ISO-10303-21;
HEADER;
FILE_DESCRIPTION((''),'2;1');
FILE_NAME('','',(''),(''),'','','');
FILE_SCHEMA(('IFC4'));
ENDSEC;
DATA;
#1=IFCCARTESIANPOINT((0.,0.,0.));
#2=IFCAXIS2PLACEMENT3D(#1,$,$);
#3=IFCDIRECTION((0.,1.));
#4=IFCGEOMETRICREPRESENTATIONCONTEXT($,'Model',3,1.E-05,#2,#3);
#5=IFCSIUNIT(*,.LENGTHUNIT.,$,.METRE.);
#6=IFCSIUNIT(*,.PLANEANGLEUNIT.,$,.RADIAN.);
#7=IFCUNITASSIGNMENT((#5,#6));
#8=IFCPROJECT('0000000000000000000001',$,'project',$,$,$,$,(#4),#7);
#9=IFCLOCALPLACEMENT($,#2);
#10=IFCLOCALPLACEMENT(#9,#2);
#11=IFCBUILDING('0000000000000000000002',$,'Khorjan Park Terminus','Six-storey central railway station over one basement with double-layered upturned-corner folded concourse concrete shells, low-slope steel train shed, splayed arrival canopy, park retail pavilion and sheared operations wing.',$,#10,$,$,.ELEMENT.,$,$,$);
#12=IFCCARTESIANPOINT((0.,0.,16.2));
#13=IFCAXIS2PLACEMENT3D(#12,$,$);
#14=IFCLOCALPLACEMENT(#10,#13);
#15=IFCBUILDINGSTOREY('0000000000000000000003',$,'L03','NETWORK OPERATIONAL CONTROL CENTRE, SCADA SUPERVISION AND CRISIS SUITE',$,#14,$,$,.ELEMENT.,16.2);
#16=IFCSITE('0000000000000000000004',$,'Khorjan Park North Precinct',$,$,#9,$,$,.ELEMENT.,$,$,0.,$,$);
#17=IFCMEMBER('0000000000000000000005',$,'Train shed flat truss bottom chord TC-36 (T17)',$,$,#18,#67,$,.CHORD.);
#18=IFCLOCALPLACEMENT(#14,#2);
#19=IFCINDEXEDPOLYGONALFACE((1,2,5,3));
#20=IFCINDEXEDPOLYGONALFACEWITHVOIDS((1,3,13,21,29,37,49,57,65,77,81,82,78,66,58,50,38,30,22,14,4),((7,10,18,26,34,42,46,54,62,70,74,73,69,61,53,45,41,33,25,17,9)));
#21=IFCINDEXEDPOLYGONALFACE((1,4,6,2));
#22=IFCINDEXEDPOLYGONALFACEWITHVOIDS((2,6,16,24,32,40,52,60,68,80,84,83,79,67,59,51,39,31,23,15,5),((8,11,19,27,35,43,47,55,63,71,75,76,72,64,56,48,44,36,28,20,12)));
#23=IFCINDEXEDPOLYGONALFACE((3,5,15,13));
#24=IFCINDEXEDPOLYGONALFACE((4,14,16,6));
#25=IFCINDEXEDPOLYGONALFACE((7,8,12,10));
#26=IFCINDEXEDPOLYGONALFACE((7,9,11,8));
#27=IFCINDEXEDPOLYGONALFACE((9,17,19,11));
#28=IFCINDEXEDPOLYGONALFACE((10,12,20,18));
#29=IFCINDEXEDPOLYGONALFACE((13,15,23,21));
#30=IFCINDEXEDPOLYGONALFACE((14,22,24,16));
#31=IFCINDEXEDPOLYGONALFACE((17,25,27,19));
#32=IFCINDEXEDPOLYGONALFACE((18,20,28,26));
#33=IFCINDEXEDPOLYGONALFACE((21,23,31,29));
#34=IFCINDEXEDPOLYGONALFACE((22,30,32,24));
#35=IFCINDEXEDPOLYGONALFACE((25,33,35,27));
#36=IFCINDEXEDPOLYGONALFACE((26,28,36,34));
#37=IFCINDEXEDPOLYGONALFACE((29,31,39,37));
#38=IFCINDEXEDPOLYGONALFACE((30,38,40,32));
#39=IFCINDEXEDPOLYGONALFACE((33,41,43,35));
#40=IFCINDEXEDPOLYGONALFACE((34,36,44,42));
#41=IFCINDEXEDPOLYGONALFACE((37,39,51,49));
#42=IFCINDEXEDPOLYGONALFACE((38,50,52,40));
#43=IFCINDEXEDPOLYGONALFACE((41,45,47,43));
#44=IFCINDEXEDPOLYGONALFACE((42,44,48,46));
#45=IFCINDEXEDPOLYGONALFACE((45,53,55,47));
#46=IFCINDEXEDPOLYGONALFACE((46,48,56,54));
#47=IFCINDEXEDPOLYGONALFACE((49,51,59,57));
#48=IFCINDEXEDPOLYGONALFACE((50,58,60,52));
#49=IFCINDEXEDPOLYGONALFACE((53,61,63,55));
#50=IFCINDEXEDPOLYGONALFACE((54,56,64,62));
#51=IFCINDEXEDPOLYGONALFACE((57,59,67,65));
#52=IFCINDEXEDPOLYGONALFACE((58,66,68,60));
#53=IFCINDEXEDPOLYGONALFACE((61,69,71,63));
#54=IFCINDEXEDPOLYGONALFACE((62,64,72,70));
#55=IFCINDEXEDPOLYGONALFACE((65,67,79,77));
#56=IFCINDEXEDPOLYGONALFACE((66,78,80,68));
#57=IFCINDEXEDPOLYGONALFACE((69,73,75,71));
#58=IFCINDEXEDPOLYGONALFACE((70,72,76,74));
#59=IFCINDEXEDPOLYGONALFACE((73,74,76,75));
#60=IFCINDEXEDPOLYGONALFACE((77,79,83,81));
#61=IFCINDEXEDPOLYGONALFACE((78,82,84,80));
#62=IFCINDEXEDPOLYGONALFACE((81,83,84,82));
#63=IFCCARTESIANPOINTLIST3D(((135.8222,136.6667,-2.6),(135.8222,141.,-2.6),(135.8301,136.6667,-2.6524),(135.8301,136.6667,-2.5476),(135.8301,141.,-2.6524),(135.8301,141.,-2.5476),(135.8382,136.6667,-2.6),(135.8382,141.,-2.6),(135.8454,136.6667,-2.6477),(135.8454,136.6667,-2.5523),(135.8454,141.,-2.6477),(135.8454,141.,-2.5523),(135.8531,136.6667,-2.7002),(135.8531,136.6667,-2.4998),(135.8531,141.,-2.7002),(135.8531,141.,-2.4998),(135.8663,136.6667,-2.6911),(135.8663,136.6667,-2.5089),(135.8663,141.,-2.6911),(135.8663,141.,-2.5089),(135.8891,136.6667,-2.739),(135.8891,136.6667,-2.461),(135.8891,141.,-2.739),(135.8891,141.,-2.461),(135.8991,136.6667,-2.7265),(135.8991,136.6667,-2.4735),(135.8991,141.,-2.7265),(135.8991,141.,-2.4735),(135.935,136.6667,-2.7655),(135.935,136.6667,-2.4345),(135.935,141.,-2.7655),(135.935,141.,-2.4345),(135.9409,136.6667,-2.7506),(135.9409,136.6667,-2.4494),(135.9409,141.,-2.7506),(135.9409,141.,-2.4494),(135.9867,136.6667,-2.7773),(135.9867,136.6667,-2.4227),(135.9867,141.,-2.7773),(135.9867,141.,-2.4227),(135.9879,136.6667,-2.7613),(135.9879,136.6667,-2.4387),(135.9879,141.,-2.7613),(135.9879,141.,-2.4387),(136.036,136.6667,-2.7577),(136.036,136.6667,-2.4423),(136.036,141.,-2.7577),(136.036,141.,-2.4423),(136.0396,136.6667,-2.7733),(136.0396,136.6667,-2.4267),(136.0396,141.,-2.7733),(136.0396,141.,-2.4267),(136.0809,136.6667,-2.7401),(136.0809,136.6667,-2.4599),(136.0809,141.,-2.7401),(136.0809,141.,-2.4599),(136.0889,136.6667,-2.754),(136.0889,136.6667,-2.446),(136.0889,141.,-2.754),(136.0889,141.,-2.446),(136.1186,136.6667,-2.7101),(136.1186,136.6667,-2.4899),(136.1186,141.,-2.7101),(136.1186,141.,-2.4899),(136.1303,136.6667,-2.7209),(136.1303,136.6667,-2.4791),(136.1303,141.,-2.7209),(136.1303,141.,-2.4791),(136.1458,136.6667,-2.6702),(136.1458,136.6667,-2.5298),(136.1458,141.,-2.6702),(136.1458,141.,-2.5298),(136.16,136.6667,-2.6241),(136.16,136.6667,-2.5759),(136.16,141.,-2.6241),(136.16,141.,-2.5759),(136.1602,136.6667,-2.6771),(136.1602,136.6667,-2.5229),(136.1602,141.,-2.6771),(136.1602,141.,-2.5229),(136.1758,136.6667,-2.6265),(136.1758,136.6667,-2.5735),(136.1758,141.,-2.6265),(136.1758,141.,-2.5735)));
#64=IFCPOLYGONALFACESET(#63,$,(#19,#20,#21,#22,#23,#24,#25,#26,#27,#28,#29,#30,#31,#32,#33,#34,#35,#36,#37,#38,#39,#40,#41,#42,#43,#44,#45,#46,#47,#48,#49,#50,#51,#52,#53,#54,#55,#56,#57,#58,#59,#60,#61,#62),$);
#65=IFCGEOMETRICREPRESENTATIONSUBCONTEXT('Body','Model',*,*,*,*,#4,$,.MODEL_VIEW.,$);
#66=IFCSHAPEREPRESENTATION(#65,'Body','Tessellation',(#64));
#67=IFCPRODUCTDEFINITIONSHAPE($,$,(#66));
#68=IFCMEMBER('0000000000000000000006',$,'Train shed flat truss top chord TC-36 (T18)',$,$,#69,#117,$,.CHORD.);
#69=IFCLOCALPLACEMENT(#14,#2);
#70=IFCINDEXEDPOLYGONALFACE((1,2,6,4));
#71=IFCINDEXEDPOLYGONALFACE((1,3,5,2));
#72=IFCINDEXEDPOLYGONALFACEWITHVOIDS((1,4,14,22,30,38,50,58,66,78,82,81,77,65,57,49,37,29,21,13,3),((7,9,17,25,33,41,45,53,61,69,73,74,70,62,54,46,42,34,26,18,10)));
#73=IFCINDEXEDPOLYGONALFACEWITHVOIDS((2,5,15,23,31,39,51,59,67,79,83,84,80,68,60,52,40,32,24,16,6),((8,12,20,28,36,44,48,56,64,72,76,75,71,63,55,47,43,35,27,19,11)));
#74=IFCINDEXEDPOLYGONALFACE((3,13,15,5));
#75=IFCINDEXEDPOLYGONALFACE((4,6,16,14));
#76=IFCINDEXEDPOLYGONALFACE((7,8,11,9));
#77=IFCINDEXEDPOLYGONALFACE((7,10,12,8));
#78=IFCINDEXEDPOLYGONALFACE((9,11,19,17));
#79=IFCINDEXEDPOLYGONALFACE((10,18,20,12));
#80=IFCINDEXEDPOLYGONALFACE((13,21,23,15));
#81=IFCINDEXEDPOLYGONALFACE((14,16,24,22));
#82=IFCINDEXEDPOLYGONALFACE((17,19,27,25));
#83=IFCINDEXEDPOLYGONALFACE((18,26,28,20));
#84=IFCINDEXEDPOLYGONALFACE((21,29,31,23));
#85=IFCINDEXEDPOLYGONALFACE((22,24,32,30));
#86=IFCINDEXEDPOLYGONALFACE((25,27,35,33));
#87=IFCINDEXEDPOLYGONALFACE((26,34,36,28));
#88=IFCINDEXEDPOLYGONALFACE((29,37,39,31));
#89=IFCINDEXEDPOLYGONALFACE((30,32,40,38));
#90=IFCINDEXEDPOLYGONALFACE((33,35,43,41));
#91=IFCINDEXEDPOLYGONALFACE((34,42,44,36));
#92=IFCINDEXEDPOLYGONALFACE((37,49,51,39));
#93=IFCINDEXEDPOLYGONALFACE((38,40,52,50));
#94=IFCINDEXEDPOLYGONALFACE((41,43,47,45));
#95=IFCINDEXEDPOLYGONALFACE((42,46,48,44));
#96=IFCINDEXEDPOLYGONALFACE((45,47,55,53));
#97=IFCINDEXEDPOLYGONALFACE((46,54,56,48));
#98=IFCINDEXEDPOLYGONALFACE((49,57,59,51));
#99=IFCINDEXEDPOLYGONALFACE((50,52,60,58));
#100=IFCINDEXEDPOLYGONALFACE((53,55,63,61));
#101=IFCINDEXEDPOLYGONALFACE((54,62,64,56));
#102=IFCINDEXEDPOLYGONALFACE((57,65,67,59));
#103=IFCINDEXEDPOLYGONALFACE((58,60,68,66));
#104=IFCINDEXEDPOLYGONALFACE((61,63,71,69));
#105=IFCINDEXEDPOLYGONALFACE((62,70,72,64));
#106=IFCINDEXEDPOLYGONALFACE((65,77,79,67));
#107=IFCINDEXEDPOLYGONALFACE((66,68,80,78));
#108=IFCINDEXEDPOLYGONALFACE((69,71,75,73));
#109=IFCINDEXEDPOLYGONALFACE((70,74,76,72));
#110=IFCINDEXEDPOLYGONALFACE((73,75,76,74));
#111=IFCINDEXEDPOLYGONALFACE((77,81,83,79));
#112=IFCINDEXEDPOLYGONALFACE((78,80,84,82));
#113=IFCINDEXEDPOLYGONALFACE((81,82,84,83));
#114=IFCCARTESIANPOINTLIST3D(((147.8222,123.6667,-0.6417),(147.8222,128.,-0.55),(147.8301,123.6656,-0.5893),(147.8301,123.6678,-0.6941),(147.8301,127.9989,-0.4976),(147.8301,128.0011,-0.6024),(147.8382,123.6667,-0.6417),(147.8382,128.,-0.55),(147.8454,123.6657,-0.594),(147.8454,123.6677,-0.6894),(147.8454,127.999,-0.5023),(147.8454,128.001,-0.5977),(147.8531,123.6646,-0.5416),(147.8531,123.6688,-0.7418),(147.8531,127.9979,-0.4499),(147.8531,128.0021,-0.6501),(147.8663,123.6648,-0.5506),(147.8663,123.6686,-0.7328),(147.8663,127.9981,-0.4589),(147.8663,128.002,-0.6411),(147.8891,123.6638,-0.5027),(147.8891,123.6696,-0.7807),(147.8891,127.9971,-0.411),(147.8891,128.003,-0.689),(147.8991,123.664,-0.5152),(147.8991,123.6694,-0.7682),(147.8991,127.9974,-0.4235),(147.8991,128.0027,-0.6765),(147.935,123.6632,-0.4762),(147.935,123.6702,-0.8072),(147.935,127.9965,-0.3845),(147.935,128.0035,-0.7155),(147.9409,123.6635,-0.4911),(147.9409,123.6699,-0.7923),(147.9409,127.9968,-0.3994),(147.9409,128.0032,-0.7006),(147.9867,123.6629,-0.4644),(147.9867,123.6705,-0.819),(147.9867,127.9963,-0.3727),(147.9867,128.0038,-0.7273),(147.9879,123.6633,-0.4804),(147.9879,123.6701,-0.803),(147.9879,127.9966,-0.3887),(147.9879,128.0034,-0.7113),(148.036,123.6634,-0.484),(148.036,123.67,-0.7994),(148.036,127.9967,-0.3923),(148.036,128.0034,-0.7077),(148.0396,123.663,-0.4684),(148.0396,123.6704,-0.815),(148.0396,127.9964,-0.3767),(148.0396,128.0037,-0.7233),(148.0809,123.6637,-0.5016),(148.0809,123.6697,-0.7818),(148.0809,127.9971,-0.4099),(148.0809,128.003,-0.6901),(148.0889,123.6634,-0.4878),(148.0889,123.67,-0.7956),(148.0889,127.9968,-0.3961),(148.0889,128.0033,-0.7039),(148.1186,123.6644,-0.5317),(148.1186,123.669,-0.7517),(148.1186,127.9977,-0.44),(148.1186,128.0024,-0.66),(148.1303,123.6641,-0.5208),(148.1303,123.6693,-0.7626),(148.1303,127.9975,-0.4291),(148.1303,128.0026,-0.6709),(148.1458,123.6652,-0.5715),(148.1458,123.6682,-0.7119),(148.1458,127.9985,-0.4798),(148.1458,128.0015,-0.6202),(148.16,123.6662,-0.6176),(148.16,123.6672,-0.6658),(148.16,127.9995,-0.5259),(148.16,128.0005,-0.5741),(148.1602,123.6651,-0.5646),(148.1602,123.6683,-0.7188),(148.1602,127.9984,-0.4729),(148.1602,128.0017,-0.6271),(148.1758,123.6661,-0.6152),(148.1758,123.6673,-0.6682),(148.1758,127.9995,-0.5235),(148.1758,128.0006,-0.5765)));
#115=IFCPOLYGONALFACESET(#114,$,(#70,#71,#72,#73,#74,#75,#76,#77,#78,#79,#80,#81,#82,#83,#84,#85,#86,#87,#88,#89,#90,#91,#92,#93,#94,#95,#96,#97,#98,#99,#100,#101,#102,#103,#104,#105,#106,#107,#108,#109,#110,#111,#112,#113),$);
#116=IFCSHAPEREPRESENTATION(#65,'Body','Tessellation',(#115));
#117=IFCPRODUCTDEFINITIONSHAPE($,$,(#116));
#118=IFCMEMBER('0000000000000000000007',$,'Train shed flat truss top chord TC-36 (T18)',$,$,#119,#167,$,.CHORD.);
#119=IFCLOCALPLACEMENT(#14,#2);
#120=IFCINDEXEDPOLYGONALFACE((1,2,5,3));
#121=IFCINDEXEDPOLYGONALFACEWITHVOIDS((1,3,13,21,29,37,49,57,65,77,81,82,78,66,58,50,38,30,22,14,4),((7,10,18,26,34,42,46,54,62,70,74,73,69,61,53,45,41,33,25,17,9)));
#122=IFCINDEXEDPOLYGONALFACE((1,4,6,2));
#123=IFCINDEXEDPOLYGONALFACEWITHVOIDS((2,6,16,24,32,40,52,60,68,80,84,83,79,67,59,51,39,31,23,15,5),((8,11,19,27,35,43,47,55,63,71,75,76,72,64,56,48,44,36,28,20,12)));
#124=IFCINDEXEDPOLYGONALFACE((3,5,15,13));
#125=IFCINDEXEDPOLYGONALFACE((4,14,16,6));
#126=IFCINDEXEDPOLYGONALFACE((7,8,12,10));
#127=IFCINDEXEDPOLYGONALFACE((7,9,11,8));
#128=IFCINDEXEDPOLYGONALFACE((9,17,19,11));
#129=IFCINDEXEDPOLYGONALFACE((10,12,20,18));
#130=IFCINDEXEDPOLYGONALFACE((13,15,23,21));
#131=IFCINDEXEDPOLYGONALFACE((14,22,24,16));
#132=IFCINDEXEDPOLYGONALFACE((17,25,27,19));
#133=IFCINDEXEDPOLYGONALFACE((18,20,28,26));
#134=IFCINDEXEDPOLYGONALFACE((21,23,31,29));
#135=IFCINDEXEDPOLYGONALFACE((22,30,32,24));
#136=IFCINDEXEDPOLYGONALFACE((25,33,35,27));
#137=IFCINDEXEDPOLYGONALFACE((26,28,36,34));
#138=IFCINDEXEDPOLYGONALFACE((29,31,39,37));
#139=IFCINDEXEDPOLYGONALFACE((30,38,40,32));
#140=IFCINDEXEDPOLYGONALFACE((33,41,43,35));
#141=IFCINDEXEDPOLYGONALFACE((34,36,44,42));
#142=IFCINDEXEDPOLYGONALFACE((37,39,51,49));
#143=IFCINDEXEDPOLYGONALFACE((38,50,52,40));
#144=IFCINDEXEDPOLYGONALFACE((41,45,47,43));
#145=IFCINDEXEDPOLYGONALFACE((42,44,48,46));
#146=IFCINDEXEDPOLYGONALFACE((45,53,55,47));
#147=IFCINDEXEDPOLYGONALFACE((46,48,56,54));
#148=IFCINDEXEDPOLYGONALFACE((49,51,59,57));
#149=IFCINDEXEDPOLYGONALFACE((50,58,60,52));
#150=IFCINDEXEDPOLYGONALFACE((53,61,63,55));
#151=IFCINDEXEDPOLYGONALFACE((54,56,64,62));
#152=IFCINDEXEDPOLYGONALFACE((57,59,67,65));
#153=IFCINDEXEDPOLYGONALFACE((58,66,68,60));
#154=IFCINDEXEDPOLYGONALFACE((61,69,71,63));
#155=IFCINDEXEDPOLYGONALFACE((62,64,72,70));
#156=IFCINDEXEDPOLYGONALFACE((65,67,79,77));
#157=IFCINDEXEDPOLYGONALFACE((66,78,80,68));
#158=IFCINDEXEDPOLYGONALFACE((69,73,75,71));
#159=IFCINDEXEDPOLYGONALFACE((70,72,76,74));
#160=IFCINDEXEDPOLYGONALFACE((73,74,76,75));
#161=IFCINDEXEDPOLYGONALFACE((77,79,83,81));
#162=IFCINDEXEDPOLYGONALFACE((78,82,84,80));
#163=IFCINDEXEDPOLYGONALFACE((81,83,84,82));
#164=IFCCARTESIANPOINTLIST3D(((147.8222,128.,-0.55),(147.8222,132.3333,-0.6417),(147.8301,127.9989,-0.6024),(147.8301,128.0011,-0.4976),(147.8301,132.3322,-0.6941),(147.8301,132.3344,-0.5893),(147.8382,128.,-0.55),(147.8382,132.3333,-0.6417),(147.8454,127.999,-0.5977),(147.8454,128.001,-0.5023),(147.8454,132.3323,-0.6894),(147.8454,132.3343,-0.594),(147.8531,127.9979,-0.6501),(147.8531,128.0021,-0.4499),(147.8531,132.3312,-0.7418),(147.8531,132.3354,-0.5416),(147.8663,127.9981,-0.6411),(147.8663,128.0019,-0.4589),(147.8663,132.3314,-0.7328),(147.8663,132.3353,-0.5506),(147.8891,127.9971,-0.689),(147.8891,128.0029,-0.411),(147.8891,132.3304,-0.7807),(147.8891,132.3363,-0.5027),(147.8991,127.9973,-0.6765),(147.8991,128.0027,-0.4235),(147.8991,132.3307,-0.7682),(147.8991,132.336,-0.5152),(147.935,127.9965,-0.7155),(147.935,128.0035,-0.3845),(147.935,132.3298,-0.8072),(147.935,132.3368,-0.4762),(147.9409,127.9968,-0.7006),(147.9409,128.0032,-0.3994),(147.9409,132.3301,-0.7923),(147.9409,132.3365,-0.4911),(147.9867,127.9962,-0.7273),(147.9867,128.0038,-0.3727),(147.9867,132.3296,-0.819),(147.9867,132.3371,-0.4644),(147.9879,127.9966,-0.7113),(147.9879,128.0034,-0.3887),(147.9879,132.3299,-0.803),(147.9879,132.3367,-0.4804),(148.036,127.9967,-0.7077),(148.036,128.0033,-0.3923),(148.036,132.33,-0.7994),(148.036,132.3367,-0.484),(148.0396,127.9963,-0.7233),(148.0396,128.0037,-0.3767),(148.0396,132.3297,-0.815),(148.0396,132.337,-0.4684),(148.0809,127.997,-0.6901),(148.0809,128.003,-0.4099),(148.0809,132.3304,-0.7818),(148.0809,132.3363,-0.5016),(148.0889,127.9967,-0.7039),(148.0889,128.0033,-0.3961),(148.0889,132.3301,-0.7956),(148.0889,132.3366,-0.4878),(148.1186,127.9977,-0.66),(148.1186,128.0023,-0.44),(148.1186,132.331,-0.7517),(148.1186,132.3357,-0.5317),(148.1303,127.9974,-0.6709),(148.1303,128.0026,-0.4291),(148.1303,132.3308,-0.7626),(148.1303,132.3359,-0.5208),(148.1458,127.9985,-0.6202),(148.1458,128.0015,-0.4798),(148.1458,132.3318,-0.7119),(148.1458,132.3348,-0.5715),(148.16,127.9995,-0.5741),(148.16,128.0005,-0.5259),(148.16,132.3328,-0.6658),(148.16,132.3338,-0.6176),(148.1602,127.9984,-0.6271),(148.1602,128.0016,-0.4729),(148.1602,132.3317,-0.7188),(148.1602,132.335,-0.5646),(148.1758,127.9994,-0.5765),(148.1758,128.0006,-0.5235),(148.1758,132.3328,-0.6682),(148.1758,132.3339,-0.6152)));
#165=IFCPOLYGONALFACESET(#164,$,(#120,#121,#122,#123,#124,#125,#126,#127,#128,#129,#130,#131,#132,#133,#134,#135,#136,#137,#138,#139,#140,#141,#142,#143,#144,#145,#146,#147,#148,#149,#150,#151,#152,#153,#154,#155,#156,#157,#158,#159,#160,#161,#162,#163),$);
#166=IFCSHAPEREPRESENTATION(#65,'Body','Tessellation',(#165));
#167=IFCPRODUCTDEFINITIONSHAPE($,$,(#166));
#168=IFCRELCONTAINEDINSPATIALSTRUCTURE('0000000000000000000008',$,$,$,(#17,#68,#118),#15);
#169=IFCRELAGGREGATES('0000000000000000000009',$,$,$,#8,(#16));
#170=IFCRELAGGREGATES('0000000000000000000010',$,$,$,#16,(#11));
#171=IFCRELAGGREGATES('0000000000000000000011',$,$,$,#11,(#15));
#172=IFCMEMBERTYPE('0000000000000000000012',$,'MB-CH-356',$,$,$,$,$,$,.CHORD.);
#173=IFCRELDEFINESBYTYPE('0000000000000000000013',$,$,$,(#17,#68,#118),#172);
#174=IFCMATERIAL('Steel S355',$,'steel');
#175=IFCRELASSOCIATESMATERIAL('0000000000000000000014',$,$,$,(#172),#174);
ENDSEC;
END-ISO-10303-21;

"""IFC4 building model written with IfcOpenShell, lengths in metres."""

from ifc_helpers import new_model, si_unit, direction, frame, origin, origin_2d, place, context, subcontext, project, spatial, hollow_circle, extrude, material, material_profile, profile_set, type_object, element, save


model = new_model("IFC4")

# Units and contexts
model_context = context("Model", 3, precision=1e-05, world=origin(), true_north=direction((0.0, 1.0)))
body_context = subcontext(model_context, "Body", "Model", "MODEL_VIEW")
ifc_project = project(units=[si_unit("LENGTHUNIT", "METRE"), si_unit("PLANEANGLEUNIT", "RADIAN")], contexts=[model_context])

# Site, building, storey
site_placement = place(None, origin())
site = spatial("IfcSite", under=ifc_project, at=site_placement, Name="Khorjan Park North Precinct", CompositionType="ELEMENT", RefElevation=0.0)
building_placement = place(site_placement, origin())
building = spatial("IfcBuilding", under=site, at=building_placement, Name="Khorjan Park Terminus", Description="Six-storey central railway station over one basement with double-layered upturned-corner folded concourse concrete shells, low-slope steel train shed, splayed arrival canopy, park retail pavilion and sheared operations wing.", CompositionType="ELEMENT")
storey_placement = place(building_placement, frame((0.0, 0.0, 16.2)))
storey = spatial("IfcBuildingStorey", under=building, at=storey_placement, Name="L03", Description="NETWORK OPERATIONAL CONTROL CENTRE, SCADA SUPERVISION AND CRISIS SUITE", CompositionType="ELEMENT", Elevation=16.2)

# Members
ifc_material = material(Name="Steel S355", Category="steel")
ifc_material_profile_1 = material_profile(ifc_material, hollow_circle(Radius=0.1778, WallThickness=0.016, at=origin_2d()), Name="CHS 355.6x16")
ifc_profile_set_1 = profile_set([ifc_material_profile_1], Name="Steel S355")
member_type_1 = type_object("IfcMemberType", Name="MB-CH-356", PredefinedType="CHORD", material=ifc_profile_set_1)
member_1_placement = place(storey_placement, frame((136.0, 136.6667, -2.6), z_axis=(0.0, 1.0, 0.0), x_axis=(-1.0, 0.0, 0.0)))
element("IfcMember", 1, at=member_1_placement, inside=storey, type_object=member_type_1, Name="Train shed flat truss bottom chord TC-36 (T17)", PredefinedType="CHORD", context=body_context, shape_type="SweptSolid", body=[
    extrude(hollow_circle(Radius=0.1778, WallThickness=0.016, at=origin_2d()), origin(), (0.0, 0.0, 1.0), 4.3333),
])
for number, where, z_axis, x_axis, name in (
    (2, (148.0, 123.6667, -0.6417), (0.0, 0.999776, 0.021157), (-1.0, 0.0, 0.0), "Train shed flat truss top chord TC-36 (T18)"),
    (3, (148.0, 128.0, -0.55), (0.0, 0.999776, -0.021157), (-1.0, 0.0, 0.0), "Train shed flat truss top chord TC-36 (T18)"),
):
    element("IfcMember", number, at=place(storey_placement, frame(where, z_axis=z_axis, x_axis=x_axis)), inside=storey, type_object=member_type_1, Name=name, PredefinedType="CHORD", context=body_context, shape_type="SweptSolid", body=[
        extrude(hollow_circle(Radius=0.1778, WallThickness=0.016, at=origin_2d()), origin(), (0.0, 0.0, 1.0), 4.3343),
    ])

save(model, "model.ifc")
